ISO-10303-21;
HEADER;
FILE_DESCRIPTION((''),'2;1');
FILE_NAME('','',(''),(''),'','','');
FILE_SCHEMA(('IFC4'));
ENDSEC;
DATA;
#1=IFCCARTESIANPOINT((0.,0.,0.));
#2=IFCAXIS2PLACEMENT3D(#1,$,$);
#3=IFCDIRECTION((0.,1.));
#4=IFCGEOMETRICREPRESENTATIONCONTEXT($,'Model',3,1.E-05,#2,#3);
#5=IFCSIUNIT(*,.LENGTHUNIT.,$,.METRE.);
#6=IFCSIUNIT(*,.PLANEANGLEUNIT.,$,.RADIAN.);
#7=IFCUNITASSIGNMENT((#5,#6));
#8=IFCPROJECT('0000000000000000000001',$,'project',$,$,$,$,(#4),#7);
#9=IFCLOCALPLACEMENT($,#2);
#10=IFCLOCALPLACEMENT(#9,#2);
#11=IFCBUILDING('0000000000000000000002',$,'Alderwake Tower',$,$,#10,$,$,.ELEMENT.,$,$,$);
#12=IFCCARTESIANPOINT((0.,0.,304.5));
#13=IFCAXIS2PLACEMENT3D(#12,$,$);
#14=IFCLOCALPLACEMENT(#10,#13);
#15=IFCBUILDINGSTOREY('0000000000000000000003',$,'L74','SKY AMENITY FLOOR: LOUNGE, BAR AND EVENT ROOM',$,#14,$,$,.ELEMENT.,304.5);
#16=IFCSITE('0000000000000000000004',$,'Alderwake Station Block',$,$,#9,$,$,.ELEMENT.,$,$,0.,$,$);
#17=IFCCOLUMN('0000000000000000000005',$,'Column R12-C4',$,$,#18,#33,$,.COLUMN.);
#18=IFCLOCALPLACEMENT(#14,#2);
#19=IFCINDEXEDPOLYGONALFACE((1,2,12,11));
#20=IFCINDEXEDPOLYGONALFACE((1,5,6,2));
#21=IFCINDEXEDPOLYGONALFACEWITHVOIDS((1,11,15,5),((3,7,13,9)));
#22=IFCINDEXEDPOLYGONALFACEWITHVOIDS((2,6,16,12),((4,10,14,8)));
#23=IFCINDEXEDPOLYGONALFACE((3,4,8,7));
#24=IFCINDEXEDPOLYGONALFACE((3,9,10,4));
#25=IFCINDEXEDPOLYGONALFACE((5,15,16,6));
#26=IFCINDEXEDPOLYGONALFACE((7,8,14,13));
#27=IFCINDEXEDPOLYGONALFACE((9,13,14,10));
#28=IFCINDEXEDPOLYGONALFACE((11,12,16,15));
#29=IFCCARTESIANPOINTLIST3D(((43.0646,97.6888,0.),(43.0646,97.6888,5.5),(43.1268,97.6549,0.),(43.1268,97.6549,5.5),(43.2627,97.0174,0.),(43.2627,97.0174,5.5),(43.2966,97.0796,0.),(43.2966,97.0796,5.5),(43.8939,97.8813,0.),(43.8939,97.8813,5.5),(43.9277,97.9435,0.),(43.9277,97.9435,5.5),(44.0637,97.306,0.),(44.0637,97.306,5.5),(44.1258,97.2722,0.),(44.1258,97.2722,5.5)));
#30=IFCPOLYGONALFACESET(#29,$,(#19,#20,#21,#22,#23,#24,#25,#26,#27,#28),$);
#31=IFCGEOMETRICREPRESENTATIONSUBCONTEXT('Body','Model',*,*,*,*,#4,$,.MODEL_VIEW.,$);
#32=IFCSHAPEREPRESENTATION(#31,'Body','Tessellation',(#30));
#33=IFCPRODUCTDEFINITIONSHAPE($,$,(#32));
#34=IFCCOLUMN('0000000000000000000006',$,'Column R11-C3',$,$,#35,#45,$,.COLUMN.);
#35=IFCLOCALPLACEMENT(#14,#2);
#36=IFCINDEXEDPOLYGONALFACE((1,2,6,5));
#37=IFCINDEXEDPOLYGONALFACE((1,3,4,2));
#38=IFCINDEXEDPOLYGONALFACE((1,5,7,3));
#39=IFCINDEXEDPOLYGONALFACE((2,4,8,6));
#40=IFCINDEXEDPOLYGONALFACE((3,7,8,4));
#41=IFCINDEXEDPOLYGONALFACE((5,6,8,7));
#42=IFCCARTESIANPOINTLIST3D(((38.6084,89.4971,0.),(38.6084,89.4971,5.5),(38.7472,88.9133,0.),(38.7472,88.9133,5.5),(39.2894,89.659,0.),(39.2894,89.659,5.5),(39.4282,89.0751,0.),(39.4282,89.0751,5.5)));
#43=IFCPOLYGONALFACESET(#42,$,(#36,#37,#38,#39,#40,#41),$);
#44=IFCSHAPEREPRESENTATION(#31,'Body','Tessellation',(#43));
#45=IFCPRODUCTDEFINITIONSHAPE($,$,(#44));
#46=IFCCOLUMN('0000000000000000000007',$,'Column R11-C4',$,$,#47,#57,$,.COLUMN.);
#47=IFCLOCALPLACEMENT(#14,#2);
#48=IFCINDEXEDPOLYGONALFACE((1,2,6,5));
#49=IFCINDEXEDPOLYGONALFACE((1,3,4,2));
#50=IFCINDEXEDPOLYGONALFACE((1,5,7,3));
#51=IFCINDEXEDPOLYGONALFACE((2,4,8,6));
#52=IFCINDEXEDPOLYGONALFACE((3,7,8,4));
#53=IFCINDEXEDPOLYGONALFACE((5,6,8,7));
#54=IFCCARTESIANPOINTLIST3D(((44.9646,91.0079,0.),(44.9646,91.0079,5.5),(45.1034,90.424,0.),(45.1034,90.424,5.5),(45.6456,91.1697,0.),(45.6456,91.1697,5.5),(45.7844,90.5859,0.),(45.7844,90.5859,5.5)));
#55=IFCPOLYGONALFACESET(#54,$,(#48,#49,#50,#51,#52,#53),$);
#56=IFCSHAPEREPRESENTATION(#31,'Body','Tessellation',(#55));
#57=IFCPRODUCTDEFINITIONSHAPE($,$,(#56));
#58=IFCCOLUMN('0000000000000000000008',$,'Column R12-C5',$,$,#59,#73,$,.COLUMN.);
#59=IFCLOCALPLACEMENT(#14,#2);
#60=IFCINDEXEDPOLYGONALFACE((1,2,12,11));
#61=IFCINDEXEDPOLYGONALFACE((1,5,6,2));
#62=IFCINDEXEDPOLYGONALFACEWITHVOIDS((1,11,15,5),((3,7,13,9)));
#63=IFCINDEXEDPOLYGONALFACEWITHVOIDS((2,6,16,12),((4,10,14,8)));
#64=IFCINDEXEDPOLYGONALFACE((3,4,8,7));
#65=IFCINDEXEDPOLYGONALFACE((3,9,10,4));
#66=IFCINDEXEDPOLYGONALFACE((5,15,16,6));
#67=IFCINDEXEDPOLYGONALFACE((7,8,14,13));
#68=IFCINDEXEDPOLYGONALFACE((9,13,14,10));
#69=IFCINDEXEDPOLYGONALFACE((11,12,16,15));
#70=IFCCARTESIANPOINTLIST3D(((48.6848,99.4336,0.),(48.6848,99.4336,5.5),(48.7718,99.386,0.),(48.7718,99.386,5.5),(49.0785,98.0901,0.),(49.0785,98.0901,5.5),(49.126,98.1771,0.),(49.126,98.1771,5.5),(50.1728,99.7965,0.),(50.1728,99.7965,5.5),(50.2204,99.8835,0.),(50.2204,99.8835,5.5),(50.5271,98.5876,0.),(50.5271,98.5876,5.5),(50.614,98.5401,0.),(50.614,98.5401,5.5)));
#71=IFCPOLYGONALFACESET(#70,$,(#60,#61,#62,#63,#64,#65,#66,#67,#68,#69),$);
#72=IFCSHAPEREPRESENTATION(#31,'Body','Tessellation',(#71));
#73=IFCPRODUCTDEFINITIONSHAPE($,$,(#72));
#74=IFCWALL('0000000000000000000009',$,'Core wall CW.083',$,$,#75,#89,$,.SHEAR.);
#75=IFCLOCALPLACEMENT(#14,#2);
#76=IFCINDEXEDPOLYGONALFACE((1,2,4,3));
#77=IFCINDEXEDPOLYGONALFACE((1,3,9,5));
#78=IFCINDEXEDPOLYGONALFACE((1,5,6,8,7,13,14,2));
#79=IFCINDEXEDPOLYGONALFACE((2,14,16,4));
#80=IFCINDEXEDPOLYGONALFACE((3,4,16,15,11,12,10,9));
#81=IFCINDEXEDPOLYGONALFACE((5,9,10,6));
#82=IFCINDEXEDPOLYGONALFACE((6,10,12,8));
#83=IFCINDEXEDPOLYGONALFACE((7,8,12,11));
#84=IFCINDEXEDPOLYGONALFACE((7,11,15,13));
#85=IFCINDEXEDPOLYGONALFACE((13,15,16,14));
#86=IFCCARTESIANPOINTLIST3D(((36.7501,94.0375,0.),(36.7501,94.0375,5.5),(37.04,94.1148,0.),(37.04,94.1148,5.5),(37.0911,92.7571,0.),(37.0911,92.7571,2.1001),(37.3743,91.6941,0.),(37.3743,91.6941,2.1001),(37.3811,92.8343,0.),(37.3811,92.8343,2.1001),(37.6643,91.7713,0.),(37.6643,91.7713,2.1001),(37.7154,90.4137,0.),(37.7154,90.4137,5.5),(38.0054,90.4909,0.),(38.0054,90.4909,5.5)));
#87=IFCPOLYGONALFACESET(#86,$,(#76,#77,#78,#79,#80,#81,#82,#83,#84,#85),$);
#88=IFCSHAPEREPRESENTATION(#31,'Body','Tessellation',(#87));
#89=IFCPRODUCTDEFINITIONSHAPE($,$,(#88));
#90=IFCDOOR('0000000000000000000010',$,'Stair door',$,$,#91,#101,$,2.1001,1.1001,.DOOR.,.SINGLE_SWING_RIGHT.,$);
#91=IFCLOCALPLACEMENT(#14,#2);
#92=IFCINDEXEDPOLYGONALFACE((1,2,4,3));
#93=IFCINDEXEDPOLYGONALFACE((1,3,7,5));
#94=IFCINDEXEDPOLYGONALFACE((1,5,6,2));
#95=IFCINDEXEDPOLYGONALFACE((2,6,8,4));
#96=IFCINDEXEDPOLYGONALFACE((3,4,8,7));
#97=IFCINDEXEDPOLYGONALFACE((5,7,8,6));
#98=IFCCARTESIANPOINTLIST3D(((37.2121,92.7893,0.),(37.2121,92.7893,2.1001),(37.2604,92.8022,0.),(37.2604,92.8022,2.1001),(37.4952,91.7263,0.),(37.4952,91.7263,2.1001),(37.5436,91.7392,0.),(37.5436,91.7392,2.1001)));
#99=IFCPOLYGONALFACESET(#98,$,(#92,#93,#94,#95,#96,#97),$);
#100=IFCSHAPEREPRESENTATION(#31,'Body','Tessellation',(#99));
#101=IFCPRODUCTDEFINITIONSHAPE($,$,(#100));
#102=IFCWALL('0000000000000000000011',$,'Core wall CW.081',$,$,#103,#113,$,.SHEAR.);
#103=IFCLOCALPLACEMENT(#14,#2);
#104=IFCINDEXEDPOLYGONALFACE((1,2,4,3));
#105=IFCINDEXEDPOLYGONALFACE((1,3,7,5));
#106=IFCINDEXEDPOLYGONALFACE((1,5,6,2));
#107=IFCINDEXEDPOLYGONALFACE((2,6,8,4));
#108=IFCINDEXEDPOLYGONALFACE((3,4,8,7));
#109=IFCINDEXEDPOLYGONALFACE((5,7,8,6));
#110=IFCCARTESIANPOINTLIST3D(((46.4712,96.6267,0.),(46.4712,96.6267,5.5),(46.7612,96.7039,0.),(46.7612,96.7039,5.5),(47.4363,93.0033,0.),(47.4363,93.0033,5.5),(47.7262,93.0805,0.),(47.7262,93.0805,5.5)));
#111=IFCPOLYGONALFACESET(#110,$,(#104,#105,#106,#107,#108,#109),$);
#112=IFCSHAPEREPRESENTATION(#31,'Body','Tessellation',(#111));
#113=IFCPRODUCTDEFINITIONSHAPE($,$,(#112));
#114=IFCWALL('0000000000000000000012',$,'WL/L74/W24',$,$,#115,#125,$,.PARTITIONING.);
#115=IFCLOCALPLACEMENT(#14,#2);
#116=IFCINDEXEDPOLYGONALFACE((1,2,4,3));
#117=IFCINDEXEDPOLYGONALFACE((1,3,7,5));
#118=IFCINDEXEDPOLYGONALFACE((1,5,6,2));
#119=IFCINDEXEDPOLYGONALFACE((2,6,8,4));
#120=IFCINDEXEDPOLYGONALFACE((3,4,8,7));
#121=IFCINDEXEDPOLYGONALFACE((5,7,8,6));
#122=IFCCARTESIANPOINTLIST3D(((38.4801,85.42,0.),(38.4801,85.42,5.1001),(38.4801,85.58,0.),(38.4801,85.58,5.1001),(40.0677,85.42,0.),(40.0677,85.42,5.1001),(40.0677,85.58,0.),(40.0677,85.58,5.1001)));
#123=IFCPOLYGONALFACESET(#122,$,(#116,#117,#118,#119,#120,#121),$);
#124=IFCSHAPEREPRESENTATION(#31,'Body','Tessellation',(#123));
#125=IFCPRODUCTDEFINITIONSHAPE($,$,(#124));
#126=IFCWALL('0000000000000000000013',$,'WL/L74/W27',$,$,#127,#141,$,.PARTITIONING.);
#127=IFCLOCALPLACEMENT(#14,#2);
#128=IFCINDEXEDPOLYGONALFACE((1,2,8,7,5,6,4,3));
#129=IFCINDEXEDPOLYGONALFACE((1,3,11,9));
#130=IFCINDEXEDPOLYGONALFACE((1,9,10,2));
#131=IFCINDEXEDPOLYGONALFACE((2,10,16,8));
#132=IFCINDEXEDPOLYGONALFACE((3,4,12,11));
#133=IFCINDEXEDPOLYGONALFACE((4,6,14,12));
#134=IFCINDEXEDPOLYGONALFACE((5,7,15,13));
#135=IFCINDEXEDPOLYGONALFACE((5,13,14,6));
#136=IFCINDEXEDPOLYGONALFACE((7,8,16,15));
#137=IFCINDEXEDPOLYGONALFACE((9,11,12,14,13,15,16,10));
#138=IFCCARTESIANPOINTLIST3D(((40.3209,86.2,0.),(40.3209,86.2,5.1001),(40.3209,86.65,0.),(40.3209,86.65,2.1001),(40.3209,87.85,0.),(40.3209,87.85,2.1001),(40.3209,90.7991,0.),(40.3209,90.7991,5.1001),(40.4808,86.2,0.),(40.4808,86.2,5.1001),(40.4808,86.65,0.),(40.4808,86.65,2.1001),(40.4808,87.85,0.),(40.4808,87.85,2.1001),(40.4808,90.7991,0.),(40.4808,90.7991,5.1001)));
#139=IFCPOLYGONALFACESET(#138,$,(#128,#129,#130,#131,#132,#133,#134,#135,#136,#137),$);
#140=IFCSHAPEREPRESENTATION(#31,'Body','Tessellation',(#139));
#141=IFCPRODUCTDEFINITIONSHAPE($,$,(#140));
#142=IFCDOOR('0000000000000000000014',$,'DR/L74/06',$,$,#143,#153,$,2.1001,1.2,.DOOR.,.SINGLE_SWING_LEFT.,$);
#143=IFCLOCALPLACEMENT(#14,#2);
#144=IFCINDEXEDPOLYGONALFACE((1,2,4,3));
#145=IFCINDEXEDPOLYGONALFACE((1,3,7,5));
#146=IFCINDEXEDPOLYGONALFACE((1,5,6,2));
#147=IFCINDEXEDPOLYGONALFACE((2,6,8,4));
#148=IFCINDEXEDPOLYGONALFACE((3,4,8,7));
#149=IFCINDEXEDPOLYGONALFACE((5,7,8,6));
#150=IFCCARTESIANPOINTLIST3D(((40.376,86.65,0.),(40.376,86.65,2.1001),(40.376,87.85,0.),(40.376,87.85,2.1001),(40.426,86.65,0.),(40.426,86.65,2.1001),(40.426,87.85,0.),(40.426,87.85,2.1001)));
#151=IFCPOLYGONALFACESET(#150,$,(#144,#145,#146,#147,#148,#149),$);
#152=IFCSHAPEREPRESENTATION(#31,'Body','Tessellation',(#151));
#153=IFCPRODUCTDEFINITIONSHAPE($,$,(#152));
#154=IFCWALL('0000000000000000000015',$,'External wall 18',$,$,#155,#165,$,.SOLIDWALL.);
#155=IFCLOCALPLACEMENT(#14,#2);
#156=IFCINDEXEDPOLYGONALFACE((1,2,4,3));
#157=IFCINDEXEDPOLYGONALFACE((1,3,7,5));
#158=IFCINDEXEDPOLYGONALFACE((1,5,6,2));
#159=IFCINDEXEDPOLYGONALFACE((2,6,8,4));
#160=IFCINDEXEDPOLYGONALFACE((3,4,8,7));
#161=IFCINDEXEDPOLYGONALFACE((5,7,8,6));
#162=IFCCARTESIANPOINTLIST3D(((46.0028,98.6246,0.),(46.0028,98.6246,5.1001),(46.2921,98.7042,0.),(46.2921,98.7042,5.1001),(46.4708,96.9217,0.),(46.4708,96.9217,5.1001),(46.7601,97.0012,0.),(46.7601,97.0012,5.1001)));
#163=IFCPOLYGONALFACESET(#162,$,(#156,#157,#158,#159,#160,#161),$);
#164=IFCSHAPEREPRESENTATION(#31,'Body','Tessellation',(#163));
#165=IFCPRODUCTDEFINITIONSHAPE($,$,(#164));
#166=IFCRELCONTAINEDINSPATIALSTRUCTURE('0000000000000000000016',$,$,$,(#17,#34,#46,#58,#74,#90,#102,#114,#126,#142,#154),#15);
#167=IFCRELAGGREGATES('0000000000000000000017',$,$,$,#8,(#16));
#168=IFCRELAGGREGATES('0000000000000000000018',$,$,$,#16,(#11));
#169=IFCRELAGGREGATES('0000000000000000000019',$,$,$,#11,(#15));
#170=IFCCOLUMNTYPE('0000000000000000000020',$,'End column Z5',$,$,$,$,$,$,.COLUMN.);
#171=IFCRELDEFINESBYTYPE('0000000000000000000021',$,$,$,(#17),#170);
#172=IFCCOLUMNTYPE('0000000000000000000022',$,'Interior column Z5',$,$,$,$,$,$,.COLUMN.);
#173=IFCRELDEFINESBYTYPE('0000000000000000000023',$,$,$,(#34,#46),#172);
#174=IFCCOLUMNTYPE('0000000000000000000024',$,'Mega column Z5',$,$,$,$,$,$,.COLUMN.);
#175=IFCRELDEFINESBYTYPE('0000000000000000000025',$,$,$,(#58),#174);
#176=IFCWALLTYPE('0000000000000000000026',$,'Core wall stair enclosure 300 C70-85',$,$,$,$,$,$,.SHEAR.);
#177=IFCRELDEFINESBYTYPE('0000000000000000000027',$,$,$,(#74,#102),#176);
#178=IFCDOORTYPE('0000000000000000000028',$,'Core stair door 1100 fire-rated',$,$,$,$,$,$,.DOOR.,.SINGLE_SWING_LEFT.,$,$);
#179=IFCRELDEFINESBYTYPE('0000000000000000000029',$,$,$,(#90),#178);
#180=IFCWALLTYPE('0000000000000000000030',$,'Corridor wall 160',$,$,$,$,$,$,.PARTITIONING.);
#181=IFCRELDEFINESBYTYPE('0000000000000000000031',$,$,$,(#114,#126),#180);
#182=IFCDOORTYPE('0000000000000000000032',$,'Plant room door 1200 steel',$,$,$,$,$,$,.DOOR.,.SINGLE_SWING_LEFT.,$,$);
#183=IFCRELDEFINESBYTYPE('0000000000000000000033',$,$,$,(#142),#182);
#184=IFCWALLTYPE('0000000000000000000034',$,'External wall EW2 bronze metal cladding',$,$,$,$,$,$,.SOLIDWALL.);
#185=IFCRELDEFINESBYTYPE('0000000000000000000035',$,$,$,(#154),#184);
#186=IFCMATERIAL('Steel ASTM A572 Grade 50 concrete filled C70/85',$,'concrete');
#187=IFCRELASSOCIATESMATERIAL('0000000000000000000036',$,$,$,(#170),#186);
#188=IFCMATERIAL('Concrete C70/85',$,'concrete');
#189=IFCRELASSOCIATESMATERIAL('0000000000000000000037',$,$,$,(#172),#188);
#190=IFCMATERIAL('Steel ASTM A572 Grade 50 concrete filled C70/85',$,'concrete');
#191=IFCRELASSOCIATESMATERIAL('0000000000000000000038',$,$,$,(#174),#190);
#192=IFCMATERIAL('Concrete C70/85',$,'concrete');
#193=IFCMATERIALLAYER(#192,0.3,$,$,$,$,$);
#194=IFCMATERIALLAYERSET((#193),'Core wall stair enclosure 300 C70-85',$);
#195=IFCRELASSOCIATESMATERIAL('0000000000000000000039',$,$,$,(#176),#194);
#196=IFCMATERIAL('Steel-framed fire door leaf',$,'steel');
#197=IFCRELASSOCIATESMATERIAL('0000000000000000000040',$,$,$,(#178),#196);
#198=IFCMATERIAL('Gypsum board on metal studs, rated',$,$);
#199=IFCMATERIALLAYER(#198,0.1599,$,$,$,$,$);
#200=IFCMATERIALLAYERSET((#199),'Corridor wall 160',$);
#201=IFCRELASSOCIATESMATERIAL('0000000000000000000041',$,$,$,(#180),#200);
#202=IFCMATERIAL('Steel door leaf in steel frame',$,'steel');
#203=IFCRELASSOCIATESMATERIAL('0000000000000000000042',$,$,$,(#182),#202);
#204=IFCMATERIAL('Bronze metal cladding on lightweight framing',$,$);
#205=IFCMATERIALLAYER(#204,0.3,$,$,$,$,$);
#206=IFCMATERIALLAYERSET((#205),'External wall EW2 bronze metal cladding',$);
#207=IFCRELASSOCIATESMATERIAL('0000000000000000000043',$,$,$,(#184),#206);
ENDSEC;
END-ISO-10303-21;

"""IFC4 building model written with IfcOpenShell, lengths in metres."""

from ifc_helpers import new_model, si_unit, direction, frame, frame_2d, origin, origin_2d, place, context, subcontext, project, spatial, rectangle, hollow_rectangle, extrude, material, layer, layer_set, material_profile, profile_set, type_object, element, fill, save


model = new_model("IFC4")

# Units and contexts
model_context = context("Model", 3, precision=1e-05, world=origin(), true_north=direction((0.0, 1.0)))
body_context = subcontext(model_context, "Body", "Model", "MODEL_VIEW")
ifc_project = project(units=[si_unit("LENGTHUNIT", "METRE"), si_unit("PLANEANGLEUNIT", "RADIAN")], contexts=[model_context])

# Site, building, storey
site_placement = place(None, origin())
site = spatial("IfcSite", under=ifc_project, at=site_placement, Name="Alderwake Station Block", CompositionType="ELEMENT", RefElevation=0.0)
building_placement = place(site_placement, origin())
building = spatial("IfcBuilding", under=site, at=building_placement, Name="Alderwake Tower", CompositionType="ELEMENT")
storey_placement = place(building_placement, frame((0.0, 0.0, 304.5)))
storey = spatial("IfcBuildingStorey", under=building, at=storey_placement, Name="L74", Description="SKY AMENITY FLOOR: LOUNGE, BAR AND EVENT ROOM", CompositionType="ELEMENT", Elevation=304.5)

# Columns
ifc_material_1 = material(Name="Steel ASTM A572 Grade 50 concrete filled C70/85", Category="concrete")
ifc_material_profile_1 = material_profile(ifc_material_1, hollow_rectangle(XDim=0.7, YDim=0.8999, WallThickness=0.05, at=origin_2d()), Name="BOX 900X700X50")
ifc_profile_set_1 = profile_set([ifc_material_profile_1], Name="Steel ASTM A572 Grade 50 concrete filled C70/85")
column_type_1 = type_object("IfcColumnType", Name="End column Z5", PredefinedType="COLUMN", material=ifc_profile_set_1)
column_1_placement = place(storey_placement, frame((43.5952, 97.4805, 0.0), z_axis=(0.0, 0.0, 1.0), x_axis=(-0.283086, 0.959094, 0.0)))
element("IfcColumn", 1, at=column_1_placement, inside=storey, type_object=column_type_1, Name="Column R12-C4", PredefinedType="COLUMN", context=body_context, shape_type="SweptSolid", body=[
    extrude(hollow_rectangle(XDim=0.7, YDim=0.8999, WallThickness=0.05, at=origin_2d()), origin(), (0.0, 0.0, 1.0), 5.5),
])
ifc_material_2 = material(Name="Concrete C70/85", Category="concrete")
ifc_material_profile_2 = material_profile(ifc_material_2, rectangle(XDim=0.6001, YDim=0.7, at=origin_2d()), Name="RC 700X600")
ifc_profile_set_2 = profile_set([ifc_material_profile_2], Name="Concrete C70/85")
column_type_2 = type_object("IfcColumnType", Name="Interior column Z5", PredefinedType="COLUMN", material=ifc_profile_set_2)
for number, where, z_axis, x_axis, name in (
    (2, (39.0183, 89.2861, 0.0), (0.0, 0.0, 1.0), (-0.231222, 0.972901, 0.0), "Column R11-C3"),
    (3, (45.3745, 90.7969, 0.0), (0.0, 0.0, 1.0), (-0.231222, 0.972901, 0.0), "Column R11-C4"),
):
    element("IfcColumn", number, at=place(storey_placement, frame(where, z_axis=z_axis, x_axis=x_axis)), inside=storey, type_object=column_type_2, Name=name, PredefinedType="COLUMN", context=body_context, shape_type="SweptSolid", body=[
        extrude(rectangle(XDim=0.6001, YDim=0.7, at=origin_2d()), origin(), (0.0, 0.0, 1.0), 5.5),
    ])
ifc_material_3 = material(Name="Steel ASTM A572 Grade 50 concrete filled C70/85", Category="concrete")
ifc_material_profile_3 = material_profile(ifc_material_3, hollow_rectangle(XDim=1.3999, YDim=1.6001, WallThickness=0.0701, at=origin_2d()), Name="BOX 1600X1400X70")
ifc_profile_set_3 = profile_set([ifc_material_profile_3], Name="Steel ASTM A572 Grade 50 concrete filled C70/85")
column_type_3 = type_object("IfcColumnType", Name="Mega column Z5", PredefinedType="COLUMN", material=ifc_profile_set_3)
column_2_placement = place(storey_placement, frame((49.6494, 98.9868, 0.0), z_axis=(0.0, 0.0, 1.0), x_axis=(-0.281176, 0.959656, 0.0)))
element("IfcColumn", 4, at=column_2_placement, inside=storey, type_object=column_type_3, Name="Column R12-C5", PredefinedType="COLUMN", context=body_context, shape_type="SweptSolid", body=[
    extrude(hollow_rectangle(XDim=1.3999, YDim=1.6001, WallThickness=0.0701, at=origin_2d()), origin(), (0.0, 0.0, 1.0), 5.5),
])

# Wall, opening, door
ifc_material_4 = material(Name="Concrete C70/85", Category="concrete")
ifc_layer_1 = layer(ifc_material_4, 0.3)
ifc_layer_set_1 = layer_set([ifc_layer_1], Name="Core wall stair enclosure 300 C70-85")
wall_type_1 = type_object("IfcWallType", Name="Core wall stair enclosure 300 C70-85", PredefinedType="SHEAR", material=ifc_layer_set_1)
wall_1_placement = place(storey_placement, frame((37.8604, 90.4524, 0.0), z_axis=(0.0, 0.0, 1.0), x_axis=(-0.257411, 0.966302, 0.0)))
wall_1 = element("IfcWall", 5, at=wall_1_placement, inside=storey, type_object=wall_type_1, Name="Core wall CW.083", PredefinedType="SHEAR", context=body_context, shape_type="SweptSolid", body=[
    extrude(rectangle(XDim=3.7502, YDim=0.3, at=frame_2d((1.875, 0.0))), origin(), (0.0, 0.0, 1.0), 5.5),
])
opening_1_placement = place(wall_1_placement, frame((1.325, 0.0, 0.0)))
opening_1 = element("IfcOpeningElement", 6, at=opening_1_placement, cuts=wall_1, PredefinedType="OPENING", context=body_context, shape_type="SweptSolid", body=[
    extrude(rectangle(XDim=1.1001, YDim=2.1001, at=frame_2d((0.55, 1.05))), frame((0.0, 0.1599, 0.0), z_axis=(0.0, -1.0, 0.0), x_axis=(1.0, 0.0, 0.0)), (0.0, 0.0, 1.0), 0.3201),
])
ifc_material_5 = material(Name="Steel-framed fire door leaf", Category="steel")
door_type_1 = type_object("IfcDoorType", Name="Core stair door 1100 fire-rated", OperationType="SINGLE_SWING_LEFT", PredefinedType="DOOR", material=ifc_material_5)
door_1_placement = place(opening_1_placement, origin())
door_1 = element("IfcDoor", 7, at=door_1_placement, inside=storey, type_object=door_type_1, Name="Stair door", OperationType="SINGLE_SWING_RIGHT", OverallHeight=2.1001, OverallWidth=1.1001, PredefinedType="DOOR", context=body_context, shape_type="SweptSolid", body=[
    extrude(rectangle(XDim=1.1001, YDim=2.1001, at=frame_2d((0.55, 1.05))), frame((0.0, 0.0249, 0.0), z_axis=(0.0, -1.0, 0.0), x_axis=(1.0, 0.0, 0.0)), (0.0, 0.0, 1.0), 0.05),
])
fill(opening_1, door_1)

# Walls
wall_2_placement = place(storey_placement, frame((47.5813, 93.0417, 0.0), z_axis=(0.0, 0.0, 1.0), x_axis=(-0.257367, 0.966314, 0.0)))
element("IfcWall", 8, at=wall_2_placement, inside=storey, type_object=wall_type_1, Name="Core wall CW.081", PredefinedType="SHEAR", context=body_context, shape_type="SweptSolid", body=[
    extrude(rectangle(XDim=3.7498, YDim=0.3, at=frame_2d((1.875, 0.0))), origin(), (0.0, 0.0, 1.0), 5.5),
])
ifc_material_6 = material(Name="Gypsum board on metal studs, rated")
ifc_layer_2 = layer(ifc_material_6, 0.1599)
ifc_layer_set_2 = layer_set([ifc_layer_2], Name="Corridor wall 160")
wall_type_2 = type_object("IfcWallType", Name="Corridor wall 160", PredefinedType="PARTITIONING", material=ifc_layer_set_2)
wall_3_placement = place(storey_placement, frame((38.48, 85.5, 0.0), z_axis=(0.0, 0.0, 1.0), x_axis=(1.0, 0.0, 0.0)))
element("IfcWall", 9, at=wall_3_placement, inside=storey, type_object=wall_type_2, Name="WL/L74/W24", PredefinedType="PARTITIONING", context=body_context, shape_type="SweptSolid", body=[
    extrude(rectangle(XDim=1.5876, YDim=0.1599, at=frame_2d((0.7939, 0.0))), origin(), (0.0, 0.0, 1.0), 5.1001),
])

# Wall, opening, door
wall_4_placement = place(storey_placement, frame((40.4009, 86.2, 0.0), z_axis=(0.0, 0.0, 1.0), x_axis=(0.0, 1.0, 0.0)))
wall_4 = element("IfcWall", 10, at=wall_4_placement, inside=storey, type_object=wall_type_2, Name="WL/L74/W27", PredefinedType="PARTITIONING", context=body_context, shape_type="SweptSolid", body=[
    extrude(rectangle(XDim=4.5991, YDim=0.1599, at=frame_2d((2.2996, 0.0))), origin(), (0.0, 0.0, 1.0), 5.1001),
])
opening_2_placement = place(wall_4_placement, frame((0.45, 0.0, 0.0)))
opening_2 = element("IfcOpeningElement", 11, at=opening_2_placement, cuts=wall_4, PredefinedType="OPENING", context=body_context, shape_type="SweptSolid", body=[
    extrude(rectangle(XDim=1.2, YDim=2.1001, at=frame_2d((0.6001, 1.05))), frame((0.0, 0.0898, 0.0), z_axis=(0.0, -1.0, 0.0), x_axis=(1.0, 0.0, 0.0)), (0.0, 0.0, 1.0), 0.1799),
])
ifc_material_7 = material(Name="Steel door leaf in steel frame", Category="steel")
door_type_2 = type_object("IfcDoorType", Name="Plant room door 1200 steel", OperationType="SINGLE_SWING_LEFT", PredefinedType="DOOR", material=ifc_material_7)
door_2_placement = place(opening_2_placement, origin())
door_2 = element("IfcDoor", 12, at=door_2_placement, inside=storey, type_object=door_type_2, Name="DR/L74/06", OperationType="SINGLE_SWING_LEFT", OverallHeight=2.1001, OverallWidth=1.2, PredefinedType="DOOR", context=body_context, shape_type="SweptSolid", body=[
    extrude(rectangle(XDim=1.2, YDim=2.1001, at=frame_2d((0.6001, 1.05))), frame((0.0, 0.0249, 0.0), z_axis=(0.0, -1.0, 0.0), x_axis=(1.0, 0.0, 0.0)), (0.0, 0.0, 1.0), 0.05),
])
fill(opening_2, door_2)

# Wall
ifc_material_8 = material(Name="Bronze metal cladding on lightweight framing")
ifc_layer_3 = layer(ifc_material_8, 0.3)
ifc_layer_set_3 = layer_set([ifc_layer_3], Name="External wall EW2 bronze metal cladding")
wall_type_3 = type_object("IfcWallType", Name="External wall EW2 bronze metal cladding", PredefinedType="SOLIDWALL", material=ifc_layer_set_3)
wall_5_placement = place(storey_placement, frame((46.6155, 96.9614, 0.0), z_axis=(0.0, 0.0, 1.0), x_axis=(-0.265012, 0.964245, 0.0)))
element("IfcWall", 13, at=wall_5_placement, inside=storey, type_object=wall_type_3, Name="External wall 18", PredefinedType="SOLIDWALL", context=body_context, shape_type="SweptSolid", body=[
    extrude(rectangle(XDim=1.7661, YDim=0.3, at=frame_2d((0.8831, 0.0))), origin(), (0.0, 0.0, 1.0), 5.1001),
])

save(model, "model.ifc")
